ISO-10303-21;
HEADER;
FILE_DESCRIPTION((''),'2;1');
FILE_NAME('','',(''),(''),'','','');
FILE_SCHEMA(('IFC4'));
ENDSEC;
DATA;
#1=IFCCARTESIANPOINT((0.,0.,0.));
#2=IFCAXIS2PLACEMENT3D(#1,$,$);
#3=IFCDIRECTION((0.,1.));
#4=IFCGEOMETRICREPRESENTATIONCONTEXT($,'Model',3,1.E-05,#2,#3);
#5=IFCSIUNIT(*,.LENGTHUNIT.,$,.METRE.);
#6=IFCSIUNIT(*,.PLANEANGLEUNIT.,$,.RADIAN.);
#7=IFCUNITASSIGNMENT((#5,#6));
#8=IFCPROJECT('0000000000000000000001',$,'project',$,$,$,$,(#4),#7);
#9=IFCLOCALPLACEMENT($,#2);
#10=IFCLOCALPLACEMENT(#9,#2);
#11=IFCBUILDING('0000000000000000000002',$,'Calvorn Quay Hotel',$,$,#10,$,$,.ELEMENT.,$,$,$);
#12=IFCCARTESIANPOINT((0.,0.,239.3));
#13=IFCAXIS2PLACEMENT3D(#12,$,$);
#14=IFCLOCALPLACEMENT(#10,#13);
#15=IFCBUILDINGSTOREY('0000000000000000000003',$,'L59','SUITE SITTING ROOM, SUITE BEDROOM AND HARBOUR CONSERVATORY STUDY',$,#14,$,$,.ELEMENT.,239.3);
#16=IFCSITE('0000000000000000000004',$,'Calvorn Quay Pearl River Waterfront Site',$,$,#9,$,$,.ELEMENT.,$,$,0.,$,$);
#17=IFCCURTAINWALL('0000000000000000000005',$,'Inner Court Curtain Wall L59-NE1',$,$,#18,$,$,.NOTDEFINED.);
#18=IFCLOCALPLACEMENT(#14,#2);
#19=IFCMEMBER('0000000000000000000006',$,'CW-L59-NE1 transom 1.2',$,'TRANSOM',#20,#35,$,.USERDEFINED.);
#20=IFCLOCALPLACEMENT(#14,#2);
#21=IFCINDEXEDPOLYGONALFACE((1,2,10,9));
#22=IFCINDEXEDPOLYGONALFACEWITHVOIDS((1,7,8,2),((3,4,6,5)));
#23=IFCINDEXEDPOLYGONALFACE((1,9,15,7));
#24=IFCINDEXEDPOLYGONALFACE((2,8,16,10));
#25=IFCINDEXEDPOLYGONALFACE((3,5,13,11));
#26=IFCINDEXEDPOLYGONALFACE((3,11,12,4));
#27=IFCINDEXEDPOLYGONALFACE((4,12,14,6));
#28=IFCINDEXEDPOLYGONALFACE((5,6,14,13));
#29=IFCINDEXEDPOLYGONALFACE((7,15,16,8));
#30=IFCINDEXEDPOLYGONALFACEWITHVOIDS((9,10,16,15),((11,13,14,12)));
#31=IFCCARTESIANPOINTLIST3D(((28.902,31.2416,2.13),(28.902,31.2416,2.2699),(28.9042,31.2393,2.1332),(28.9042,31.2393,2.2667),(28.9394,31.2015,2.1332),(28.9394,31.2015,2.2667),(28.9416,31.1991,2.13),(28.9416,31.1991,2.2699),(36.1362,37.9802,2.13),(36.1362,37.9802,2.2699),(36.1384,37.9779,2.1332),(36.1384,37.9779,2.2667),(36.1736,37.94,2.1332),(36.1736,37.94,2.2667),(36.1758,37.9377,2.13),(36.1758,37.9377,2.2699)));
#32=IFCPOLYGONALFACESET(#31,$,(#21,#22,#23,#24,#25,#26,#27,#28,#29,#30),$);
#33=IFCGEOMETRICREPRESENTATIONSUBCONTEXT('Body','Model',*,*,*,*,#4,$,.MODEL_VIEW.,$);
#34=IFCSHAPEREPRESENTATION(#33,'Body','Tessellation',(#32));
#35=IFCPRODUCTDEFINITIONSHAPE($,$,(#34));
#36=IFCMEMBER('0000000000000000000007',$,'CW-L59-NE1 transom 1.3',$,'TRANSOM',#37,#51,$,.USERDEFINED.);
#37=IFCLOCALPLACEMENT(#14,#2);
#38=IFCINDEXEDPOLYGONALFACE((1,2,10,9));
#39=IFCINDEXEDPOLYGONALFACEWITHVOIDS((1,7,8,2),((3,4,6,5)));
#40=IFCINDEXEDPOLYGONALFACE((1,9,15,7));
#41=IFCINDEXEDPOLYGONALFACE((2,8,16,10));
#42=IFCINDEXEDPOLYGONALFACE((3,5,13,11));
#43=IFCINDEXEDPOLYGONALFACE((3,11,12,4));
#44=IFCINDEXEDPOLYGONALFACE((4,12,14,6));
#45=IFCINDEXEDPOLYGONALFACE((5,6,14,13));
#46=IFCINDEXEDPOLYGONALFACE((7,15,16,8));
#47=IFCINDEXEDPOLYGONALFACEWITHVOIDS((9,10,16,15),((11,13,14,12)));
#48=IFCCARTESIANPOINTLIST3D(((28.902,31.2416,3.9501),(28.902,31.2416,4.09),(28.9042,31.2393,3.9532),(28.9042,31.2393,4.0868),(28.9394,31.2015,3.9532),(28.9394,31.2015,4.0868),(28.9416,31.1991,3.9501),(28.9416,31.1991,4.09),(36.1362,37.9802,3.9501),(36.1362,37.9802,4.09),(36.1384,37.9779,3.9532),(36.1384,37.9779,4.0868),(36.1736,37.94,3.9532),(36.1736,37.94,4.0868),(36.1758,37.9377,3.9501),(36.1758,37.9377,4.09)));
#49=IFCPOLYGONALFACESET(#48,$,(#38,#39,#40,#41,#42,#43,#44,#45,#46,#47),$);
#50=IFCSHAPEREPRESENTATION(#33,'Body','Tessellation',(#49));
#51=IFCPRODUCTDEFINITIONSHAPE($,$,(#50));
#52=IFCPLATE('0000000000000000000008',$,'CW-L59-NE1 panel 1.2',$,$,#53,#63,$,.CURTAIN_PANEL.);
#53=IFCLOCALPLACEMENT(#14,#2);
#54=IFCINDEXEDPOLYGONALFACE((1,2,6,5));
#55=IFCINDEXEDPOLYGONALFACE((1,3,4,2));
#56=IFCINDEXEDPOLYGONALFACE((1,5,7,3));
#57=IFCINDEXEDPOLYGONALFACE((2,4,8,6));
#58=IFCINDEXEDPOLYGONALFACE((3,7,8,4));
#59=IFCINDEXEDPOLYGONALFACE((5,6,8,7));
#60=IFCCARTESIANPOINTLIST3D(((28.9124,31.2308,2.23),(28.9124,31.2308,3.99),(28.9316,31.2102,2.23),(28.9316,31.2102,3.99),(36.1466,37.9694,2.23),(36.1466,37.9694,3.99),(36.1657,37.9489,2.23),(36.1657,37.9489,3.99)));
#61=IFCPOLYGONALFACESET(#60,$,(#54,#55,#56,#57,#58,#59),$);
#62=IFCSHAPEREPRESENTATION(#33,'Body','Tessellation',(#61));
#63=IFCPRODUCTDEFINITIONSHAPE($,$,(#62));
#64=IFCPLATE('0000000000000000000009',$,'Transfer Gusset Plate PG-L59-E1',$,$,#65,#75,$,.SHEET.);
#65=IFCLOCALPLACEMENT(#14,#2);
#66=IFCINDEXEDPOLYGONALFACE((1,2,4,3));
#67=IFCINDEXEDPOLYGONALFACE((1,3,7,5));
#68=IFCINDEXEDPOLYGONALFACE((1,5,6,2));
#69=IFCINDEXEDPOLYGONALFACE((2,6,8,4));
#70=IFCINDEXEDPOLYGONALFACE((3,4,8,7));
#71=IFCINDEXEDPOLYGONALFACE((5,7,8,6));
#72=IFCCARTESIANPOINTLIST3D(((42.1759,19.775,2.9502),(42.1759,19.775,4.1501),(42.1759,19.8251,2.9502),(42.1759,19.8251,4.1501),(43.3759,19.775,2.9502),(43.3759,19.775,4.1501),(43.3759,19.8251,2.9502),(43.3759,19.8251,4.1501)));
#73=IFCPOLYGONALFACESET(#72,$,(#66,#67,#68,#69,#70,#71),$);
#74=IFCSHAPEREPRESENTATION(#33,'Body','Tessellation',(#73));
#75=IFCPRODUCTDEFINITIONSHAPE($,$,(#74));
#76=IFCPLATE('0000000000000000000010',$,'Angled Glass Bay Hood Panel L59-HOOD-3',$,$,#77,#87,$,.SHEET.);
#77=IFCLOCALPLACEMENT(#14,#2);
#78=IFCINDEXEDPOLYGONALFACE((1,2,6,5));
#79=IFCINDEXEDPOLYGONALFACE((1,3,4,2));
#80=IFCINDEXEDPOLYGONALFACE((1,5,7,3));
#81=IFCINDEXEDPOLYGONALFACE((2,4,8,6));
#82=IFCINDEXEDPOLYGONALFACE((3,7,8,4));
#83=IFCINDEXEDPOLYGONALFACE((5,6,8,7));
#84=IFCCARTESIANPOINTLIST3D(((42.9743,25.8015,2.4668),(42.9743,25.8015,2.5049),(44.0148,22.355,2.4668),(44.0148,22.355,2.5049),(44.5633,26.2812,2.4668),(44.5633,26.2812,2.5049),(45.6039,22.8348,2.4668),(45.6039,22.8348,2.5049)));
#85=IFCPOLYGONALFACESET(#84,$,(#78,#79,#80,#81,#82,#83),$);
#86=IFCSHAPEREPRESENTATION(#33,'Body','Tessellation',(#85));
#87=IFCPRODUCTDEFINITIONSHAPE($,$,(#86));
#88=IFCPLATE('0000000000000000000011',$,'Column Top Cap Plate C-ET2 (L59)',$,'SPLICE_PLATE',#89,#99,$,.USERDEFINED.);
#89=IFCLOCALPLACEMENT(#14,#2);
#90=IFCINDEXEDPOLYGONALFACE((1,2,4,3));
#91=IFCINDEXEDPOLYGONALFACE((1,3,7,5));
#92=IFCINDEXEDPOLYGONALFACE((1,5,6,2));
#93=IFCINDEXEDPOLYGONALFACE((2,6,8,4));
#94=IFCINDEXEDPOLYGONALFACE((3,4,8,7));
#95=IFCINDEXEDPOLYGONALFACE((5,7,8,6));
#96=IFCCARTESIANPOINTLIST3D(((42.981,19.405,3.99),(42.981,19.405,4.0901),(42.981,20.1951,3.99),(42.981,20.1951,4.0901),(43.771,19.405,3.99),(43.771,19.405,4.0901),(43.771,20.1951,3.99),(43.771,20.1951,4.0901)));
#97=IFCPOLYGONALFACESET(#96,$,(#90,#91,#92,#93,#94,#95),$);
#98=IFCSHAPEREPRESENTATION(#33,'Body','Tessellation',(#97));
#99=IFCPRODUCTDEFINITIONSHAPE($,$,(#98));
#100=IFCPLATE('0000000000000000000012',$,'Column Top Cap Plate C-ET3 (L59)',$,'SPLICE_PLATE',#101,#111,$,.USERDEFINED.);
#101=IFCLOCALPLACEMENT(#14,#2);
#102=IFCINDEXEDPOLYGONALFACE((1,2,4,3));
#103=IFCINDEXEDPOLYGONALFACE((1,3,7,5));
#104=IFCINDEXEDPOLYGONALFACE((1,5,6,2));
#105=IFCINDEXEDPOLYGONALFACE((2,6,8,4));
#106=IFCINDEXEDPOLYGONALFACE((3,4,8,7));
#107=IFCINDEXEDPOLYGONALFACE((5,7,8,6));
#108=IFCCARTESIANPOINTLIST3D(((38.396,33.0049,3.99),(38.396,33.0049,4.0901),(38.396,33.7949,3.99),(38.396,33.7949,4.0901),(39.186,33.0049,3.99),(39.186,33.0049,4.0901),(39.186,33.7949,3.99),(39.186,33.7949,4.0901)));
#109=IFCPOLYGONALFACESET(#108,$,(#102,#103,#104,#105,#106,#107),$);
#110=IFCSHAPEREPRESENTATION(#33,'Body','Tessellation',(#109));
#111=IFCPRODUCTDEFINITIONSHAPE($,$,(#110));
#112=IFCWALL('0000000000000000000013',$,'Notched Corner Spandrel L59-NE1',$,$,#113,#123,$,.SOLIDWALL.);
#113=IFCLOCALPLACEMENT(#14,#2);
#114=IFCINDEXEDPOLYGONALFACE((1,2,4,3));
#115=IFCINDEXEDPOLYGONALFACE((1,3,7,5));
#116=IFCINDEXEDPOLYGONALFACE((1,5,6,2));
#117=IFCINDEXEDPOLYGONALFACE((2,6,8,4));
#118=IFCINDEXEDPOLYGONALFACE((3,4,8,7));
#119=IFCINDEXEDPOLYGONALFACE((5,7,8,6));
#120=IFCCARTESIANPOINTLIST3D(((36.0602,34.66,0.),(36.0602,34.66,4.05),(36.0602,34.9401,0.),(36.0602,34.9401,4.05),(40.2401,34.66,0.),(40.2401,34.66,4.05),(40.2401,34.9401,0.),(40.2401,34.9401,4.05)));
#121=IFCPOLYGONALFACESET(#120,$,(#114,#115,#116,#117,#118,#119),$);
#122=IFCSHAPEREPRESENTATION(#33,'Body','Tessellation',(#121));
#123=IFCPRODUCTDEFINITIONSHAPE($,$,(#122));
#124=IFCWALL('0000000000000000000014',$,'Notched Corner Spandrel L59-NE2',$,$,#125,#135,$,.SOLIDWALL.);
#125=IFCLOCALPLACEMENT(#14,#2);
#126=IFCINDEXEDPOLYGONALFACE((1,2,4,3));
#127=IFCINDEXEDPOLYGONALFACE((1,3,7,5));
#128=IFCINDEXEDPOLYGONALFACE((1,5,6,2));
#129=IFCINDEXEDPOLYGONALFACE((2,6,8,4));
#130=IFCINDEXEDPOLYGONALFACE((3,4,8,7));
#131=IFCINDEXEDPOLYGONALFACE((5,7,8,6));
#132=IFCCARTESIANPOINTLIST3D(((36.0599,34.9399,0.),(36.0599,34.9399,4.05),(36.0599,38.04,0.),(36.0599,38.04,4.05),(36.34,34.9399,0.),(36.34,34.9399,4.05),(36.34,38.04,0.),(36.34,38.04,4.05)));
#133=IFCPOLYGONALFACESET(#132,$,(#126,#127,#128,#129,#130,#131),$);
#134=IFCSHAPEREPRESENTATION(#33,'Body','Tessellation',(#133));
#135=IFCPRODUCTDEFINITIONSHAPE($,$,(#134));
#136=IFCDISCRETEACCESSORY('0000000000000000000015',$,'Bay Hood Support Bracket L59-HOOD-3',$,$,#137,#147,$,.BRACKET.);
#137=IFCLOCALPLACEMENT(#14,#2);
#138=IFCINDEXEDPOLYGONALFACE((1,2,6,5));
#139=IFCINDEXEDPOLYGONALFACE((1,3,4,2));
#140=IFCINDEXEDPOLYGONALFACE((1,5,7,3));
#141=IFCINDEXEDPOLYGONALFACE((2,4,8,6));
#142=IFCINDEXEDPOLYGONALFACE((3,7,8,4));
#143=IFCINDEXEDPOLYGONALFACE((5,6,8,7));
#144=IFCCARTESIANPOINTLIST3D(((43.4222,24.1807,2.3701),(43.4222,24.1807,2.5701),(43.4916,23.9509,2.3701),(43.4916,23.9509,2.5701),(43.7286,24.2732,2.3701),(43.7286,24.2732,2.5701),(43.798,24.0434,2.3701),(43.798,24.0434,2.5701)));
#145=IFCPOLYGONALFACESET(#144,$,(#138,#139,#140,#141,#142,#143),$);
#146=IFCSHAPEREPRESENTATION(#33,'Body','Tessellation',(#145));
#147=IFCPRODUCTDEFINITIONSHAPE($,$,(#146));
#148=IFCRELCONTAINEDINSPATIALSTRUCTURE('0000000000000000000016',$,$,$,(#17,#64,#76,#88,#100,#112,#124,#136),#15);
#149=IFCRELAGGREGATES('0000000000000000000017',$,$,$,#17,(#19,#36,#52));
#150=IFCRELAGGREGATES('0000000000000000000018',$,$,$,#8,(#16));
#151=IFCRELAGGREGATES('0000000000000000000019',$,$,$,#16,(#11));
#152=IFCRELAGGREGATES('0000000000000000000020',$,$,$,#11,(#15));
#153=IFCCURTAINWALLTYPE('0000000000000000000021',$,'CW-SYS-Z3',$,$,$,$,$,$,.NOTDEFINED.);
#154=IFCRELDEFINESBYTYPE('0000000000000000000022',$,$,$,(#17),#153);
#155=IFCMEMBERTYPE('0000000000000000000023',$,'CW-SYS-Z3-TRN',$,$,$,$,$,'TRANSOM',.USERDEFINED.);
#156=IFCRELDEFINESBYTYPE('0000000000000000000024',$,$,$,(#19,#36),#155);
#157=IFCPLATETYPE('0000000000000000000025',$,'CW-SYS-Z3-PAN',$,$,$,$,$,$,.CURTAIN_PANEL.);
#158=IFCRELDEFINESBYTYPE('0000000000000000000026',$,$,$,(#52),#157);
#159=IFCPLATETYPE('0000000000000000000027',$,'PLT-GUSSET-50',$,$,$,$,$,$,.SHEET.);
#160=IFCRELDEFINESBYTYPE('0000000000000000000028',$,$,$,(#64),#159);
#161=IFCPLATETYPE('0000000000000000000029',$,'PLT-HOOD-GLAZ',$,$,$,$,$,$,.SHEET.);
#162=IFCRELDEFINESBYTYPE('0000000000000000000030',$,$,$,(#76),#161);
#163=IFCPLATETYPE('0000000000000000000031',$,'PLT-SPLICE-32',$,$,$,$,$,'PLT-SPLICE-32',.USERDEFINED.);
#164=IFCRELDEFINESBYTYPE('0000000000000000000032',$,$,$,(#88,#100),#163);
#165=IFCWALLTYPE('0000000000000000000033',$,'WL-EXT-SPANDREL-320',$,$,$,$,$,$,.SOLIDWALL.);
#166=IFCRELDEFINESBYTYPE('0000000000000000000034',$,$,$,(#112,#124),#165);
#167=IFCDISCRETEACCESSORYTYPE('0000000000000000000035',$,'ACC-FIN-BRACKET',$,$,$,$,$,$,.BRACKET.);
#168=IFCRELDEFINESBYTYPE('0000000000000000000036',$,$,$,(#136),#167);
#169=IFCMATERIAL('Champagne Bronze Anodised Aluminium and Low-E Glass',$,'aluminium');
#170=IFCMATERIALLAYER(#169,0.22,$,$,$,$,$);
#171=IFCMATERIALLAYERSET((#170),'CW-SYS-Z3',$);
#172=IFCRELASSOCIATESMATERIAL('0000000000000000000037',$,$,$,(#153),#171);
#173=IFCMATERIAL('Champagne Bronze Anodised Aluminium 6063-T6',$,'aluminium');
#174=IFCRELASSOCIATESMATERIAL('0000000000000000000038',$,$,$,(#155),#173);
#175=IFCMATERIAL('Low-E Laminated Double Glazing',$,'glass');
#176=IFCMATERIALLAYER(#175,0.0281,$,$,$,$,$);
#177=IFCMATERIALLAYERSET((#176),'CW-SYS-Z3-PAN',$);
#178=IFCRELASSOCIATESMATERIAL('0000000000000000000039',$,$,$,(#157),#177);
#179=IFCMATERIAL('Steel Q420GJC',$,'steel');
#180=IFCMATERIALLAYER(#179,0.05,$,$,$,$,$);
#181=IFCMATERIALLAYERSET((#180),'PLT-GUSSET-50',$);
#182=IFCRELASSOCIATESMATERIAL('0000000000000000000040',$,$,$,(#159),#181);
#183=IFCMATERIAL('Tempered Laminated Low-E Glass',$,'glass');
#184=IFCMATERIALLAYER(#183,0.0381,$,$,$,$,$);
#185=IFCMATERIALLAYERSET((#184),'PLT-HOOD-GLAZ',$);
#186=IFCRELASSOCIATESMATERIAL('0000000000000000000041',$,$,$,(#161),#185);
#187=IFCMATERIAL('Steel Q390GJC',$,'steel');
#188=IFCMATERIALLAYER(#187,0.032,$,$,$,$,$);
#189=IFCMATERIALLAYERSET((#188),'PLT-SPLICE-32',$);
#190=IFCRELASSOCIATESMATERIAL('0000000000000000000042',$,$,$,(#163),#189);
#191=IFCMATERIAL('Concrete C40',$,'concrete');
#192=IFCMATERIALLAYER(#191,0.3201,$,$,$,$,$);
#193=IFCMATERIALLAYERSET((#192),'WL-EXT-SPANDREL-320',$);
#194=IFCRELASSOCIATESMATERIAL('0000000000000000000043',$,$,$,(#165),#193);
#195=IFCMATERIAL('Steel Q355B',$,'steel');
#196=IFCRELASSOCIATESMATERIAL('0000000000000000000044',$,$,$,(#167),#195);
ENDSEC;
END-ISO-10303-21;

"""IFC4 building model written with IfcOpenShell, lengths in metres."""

from ifc_helpers import new_model, si_unit, direction, frame, frame_2d, origin, origin_2d, place, context, subcontext, project, spatial, rectangle, hollow_rectangle, extrude, material, layer, layer_set, material_profile, profile_set, type_object, element, aggregate, save


model = new_model("IFC4")

# Units and contexts
model_context = context("Model", 3, precision=1e-05, world=origin(), true_north=direction((0.0, 1.0)))
body_context = subcontext(model_context, "Body", "Model", "MODEL_VIEW")
ifc_project = project(units=[si_unit("LENGTHUNIT", "METRE"), si_unit("PLANEANGLEUNIT", "RADIAN")], contexts=[model_context])

# Site, building, storey
site_placement = place(None, origin())
site = spatial("IfcSite", under=ifc_project, at=site_placement, Name="Calvorn Quay Pearl River Waterfront Site", CompositionType="ELEMENT", RefElevation=0.0)
building_placement = place(site_placement, origin())
building = spatial("IfcBuilding", under=site, at=building_placement, Name="Calvorn Quay Hotel", CompositionType="ELEMENT")
storey_placement = place(building_placement, frame((0.0, 0.0, 239.3)))
storey = spatial("IfcBuildingStorey", under=building, at=storey_placement, Name="L59", Description="SUITE SITTING ROOM, SUITE BEDROOM AND HARBOUR CONSERVATORY STUDY", CompositionType="ELEMENT", Elevation=239.3)

# Curtain wall, members, plate
ifc_material_1 = material(Name="Champagne Bronze Anodised Aluminium and Low-E Glass", Category="aluminium")
ifc_layer_1 = layer(ifc_material_1, 0.22)
ifc_layer_set_1 = layer_set([ifc_layer_1], Name="CW-SYS-Z3")
curtain_wall_type = type_object("IfcCurtainWallType", Name="CW-SYS-Z3", PredefinedType="NOTDEFINED", material=ifc_layer_set_1)
curtain_wall_placement = place(storey_placement, origin())
curtain_wall = element("IfcCurtainWall", 1, at=curtain_wall_placement, inside=storey, type_object=curtain_wall_type, Name="Inner Court Curtain Wall L59-NE1", PredefinedType="NOTDEFINED")
ifc_material_2 = material(Name="Champagne Bronze Anodised Aluminium 6063-T6", Category="aluminium")
ifc_material_profile_1 = material_profile(ifc_material_2, hollow_rectangle(XDim=0.0581, YDim=0.1399, WallThickness=0.0032, at=origin_2d()), Name="ALU-T140x58x3.2")
ifc_profile_set_1 = profile_set([ifc_material_profile_1], Name="Champagne Bronze Anodised Aluminium 6063-T6")
member_type_1 = type_object("IfcMemberType", Name="CW-SYS-Z3-TRN", ElementType="TRANSOM", PredefinedType="USERDEFINED", material=ifc_profile_set_1)
member_1_placement = place(storey_placement, frame((36.156, 37.959, 2.2), z_axis=(-0.731727, -0.681597, 0.0), x_axis=(0.681597, -0.731727, 0.0)))
member_1 = element("IfcMember", 2, at=member_1_placement, type_object=member_type_1, Name="CW-L59-NE1 transom 1.2", ObjectType="TRANSOM", PredefinedType="USERDEFINED", context=body_context, shape_type="SweptSolid", body=[
    extrude(hollow_rectangle(XDim=0.0581, YDim=0.1399, WallThickness=0.0032, at=origin_2d()), origin(), (0.0, 0.0, 1.0), 9.8865),
])
member_2_placement = place(storey_placement, frame((36.156, 37.959, 4.02), z_axis=(-0.731727, -0.681597, 0.0), x_axis=(0.681597, -0.731727, 0.0)))
member_2 = element("IfcMember", 3, at=member_2_placement, type_object=member_type_1, Name="CW-L59-NE1 transom 1.3", ObjectType="TRANSOM", PredefinedType="USERDEFINED", context=body_context, shape_type="SweptSolid", body=[
    extrude(hollow_rectangle(XDim=0.0581, YDim=0.1399, WallThickness=0.0032, at=origin_2d()), origin(), (0.0, 0.0, 1.0), 9.8865),
])
ifc_material_3 = material(Name="Low-E Laminated Double Glazing", Category="glass")
ifc_layer_2 = layer(ifc_material_3, 0.0281)
ifc_layer_set_2 = layer_set([ifc_layer_2], Name="CW-SYS-Z3-PAN")
plate_type_1 = type_object("IfcPlateType", Name="CW-SYS-Z3-PAN", PredefinedType="CURTAIN_PANEL", material=ifc_layer_set_2)
plate_1_placement = place(storey_placement, frame((32.5391, 34.5898, 2.23), z_axis=(0.0, 0.0, 1.0), x_axis=(-0.731722, -0.681604, 0.0)))
plate_1 = element("IfcPlate", 4, at=plate_1_placement, type_object=plate_type_1, Name="CW-L59-NE1 panel 1.2", PredefinedType="CURTAIN_PANEL", context=body_context, shape_type="SweptSolid", body=[
    extrude(rectangle(XDim=9.8865, YDim=0.0281, at=origin_2d()), origin(), (0.0, 0.0, 1.0), 1.76),
])
aggregate(curtain_wall, [member_1, member_2, plate_1])

# Plates
ifc_material_4 = material(Name="Steel Q420GJC", Category="steel")
ifc_layer_3 = layer(ifc_material_4, 0.05)
ifc_layer_set_3 = layer_set([ifc_layer_3], Name="PLT-GUSSET-50")
plate_type_2 = type_object("IfcPlateType", Name="PLT-GUSSET-50", PredefinedType="SHEET", material=ifc_layer_set_3)
plate_2_placement = place(storey_placement, frame((42.7759, 19.8, 2.9502), z_axis=(0.0, 0.0, 1.0), x_axis=(1.0, 0.0, 0.0)))
element("IfcPlate", 5, at=plate_2_placement, inside=storey, type_object=plate_type_2, Name="Transfer Gusset Plate PG-L59-E1", PredefinedType="SHEET", context=body_context, shape_type="SweptSolid", body=[
    extrude(rectangle(XDim=1.2, YDim=0.05, at=origin_2d()), origin(), (0.0, 0.0, 1.0), 1.2),
])
ifc_material_5 = material(Name="Tempered Laminated Low-E Glass", Category="glass")
ifc_layer_4 = layer(ifc_material_5, 0.0381)
ifc_layer_set_4 = layer_set([ifc_layer_4], Name="PLT-HOOD-GLAZ")
plate_type_3 = type_object("IfcPlateType", Name="PLT-HOOD-GLAZ", PredefinedType="SHEET", material=ifc_layer_set_4)
plate_3_placement = place(storey_placement, frame((44.2891, 24.3181, 2.4668), z_axis=(0.0, 0.0, 1.0), x_axis=(0.957319, 0.289032, 0.0)))
element("IfcPlate", 6, at=plate_3_placement, inside=storey, type_object=plate_type_3, Name="Angled Glass Bay Hood Panel L59-HOOD-3", PredefinedType="SHEET", context=body_context, shape_type="SweptSolid", body=[
    extrude(rectangle(XDim=1.6599, YDim=3.6001, at=origin_2d()), origin(), (0.0, 0.0, 1.0), 0.0381),
])
ifc_material_6 = material(Name="Steel Q390GJC", Category="steel")
ifc_layer_5 = layer(ifc_material_6, 0.032)
ifc_layer_set_5 = layer_set([ifc_layer_5], Name="PLT-SPLICE-32")
plate_type_4 = type_object("IfcPlateType", Name="PLT-SPLICE-32", ElementType="PLT-SPLICE-32", PredefinedType="USERDEFINED", material=ifc_layer_set_5)
for number, where, z_axis, x_axis, name in (
    (7, (43.376, 19.8, 3.99), (0.0, 0.0, 1.0), (1.0, 0.0, 0.0), "Column Top Cap Plate C-ET2 (L59)"),
    (8, (38.791, 33.3999, 3.99), (0.0, 0.0, 1.0), (1.0, 0.0, 0.0), "Column Top Cap Plate C-ET3 (L59)"),
):
    element("IfcPlate", number, at=place(storey_placement, frame(where, z_axis=z_axis, x_axis=x_axis)), inside=storey, type_object=plate_type_4, Name=name, ObjectType="SPLICE_PLATE", PredefinedType="USERDEFINED", context=body_context, shape_type="SweptSolid", body=[
        extrude(rectangle(XDim=0.79, YDim=0.79, at=origin_2d()), origin(), (0.0, 0.0, 1.0), 0.1001),
    ])

# Walls
ifc_material_7 = material(Name="Concrete C40", Category="concrete")
ifc_layer_6 = layer(ifc_material_7, 0.3201)
ifc_layer_set_6 = layer_set([ifc_layer_6], Name="WL-EXT-SPANDREL-320")
wall_type = type_object("IfcWallType", Name="WL-EXT-SPANDREL-320", PredefinedType="SOLIDWALL", material=ifc_layer_set_6)
wall_1_placement = place(storey_placement, frame((40.24, 34.8, 0.0), z_axis=(0.0, 0.0, 1.0), x_axis=(-1.0, 0.0, 0.0)))
element("IfcWall", 9, at=wall_1_placement, inside=storey, type_object=wall_type, Name="Notched Corner Spandrel L59-NE1", PredefinedType="SOLIDWALL", context=body_context, shape_type="SweptSolid", body=[
    extrude(rectangle(XDim=4.1799, YDim=0.28, at=frame_2d((2.0898, 0.0))), origin(), (0.0, 0.0, 1.0), 4.05),
])
wall_2_placement = place(storey_placement, frame((36.2, 34.9399, 0.0), z_axis=(0.0, 0.0, 1.0), x_axis=(0.0, 1.0, 0.0)))
element("IfcWall", 10, at=wall_2_placement, inside=storey, type_object=wall_type, Name="Notched Corner Spandrel L59-NE2", PredefinedType="SOLIDWALL", context=body_context, shape_type="SweptSolid", body=[
    extrude(rectangle(XDim=3.1001, YDim=0.28, at=frame_2d((1.55, 0.0))), origin(), (0.0, 0.0, 1.0), 4.05),
])

# Discrete accessory
ifc_material_8 = material(Name="Steel Q355B", Category="steel")
discrete_accessory_type = type_object("IfcDiscreteAccessoryType", Name="ACC-FIN-BRACKET", PredefinedType="BRACKET", material=ifc_material_8)
discrete_accessory_placement = place(storey_placement, frame((43.6101, 24.1121, 2.3701), z_axis=(0.0, 0.0, 1.0), x_axis=(0.957319, 0.289032, 0.0)))
element("IfcDiscreteAccessory", 11, at=discrete_accessory_placement, inside=storey, type_object=discrete_accessory_type, Name="Bay Hood Support Bracket L59-HOOD-3", PredefinedType="BRACKET", context=body_context, shape_type="SweptSolid", body=[
    extrude(rectangle(XDim=0.3201, YDim=0.24, at=origin_2d()), origin(), (0.0, 0.0, 1.0), 0.2),
])

save(model, "model.ifc")
